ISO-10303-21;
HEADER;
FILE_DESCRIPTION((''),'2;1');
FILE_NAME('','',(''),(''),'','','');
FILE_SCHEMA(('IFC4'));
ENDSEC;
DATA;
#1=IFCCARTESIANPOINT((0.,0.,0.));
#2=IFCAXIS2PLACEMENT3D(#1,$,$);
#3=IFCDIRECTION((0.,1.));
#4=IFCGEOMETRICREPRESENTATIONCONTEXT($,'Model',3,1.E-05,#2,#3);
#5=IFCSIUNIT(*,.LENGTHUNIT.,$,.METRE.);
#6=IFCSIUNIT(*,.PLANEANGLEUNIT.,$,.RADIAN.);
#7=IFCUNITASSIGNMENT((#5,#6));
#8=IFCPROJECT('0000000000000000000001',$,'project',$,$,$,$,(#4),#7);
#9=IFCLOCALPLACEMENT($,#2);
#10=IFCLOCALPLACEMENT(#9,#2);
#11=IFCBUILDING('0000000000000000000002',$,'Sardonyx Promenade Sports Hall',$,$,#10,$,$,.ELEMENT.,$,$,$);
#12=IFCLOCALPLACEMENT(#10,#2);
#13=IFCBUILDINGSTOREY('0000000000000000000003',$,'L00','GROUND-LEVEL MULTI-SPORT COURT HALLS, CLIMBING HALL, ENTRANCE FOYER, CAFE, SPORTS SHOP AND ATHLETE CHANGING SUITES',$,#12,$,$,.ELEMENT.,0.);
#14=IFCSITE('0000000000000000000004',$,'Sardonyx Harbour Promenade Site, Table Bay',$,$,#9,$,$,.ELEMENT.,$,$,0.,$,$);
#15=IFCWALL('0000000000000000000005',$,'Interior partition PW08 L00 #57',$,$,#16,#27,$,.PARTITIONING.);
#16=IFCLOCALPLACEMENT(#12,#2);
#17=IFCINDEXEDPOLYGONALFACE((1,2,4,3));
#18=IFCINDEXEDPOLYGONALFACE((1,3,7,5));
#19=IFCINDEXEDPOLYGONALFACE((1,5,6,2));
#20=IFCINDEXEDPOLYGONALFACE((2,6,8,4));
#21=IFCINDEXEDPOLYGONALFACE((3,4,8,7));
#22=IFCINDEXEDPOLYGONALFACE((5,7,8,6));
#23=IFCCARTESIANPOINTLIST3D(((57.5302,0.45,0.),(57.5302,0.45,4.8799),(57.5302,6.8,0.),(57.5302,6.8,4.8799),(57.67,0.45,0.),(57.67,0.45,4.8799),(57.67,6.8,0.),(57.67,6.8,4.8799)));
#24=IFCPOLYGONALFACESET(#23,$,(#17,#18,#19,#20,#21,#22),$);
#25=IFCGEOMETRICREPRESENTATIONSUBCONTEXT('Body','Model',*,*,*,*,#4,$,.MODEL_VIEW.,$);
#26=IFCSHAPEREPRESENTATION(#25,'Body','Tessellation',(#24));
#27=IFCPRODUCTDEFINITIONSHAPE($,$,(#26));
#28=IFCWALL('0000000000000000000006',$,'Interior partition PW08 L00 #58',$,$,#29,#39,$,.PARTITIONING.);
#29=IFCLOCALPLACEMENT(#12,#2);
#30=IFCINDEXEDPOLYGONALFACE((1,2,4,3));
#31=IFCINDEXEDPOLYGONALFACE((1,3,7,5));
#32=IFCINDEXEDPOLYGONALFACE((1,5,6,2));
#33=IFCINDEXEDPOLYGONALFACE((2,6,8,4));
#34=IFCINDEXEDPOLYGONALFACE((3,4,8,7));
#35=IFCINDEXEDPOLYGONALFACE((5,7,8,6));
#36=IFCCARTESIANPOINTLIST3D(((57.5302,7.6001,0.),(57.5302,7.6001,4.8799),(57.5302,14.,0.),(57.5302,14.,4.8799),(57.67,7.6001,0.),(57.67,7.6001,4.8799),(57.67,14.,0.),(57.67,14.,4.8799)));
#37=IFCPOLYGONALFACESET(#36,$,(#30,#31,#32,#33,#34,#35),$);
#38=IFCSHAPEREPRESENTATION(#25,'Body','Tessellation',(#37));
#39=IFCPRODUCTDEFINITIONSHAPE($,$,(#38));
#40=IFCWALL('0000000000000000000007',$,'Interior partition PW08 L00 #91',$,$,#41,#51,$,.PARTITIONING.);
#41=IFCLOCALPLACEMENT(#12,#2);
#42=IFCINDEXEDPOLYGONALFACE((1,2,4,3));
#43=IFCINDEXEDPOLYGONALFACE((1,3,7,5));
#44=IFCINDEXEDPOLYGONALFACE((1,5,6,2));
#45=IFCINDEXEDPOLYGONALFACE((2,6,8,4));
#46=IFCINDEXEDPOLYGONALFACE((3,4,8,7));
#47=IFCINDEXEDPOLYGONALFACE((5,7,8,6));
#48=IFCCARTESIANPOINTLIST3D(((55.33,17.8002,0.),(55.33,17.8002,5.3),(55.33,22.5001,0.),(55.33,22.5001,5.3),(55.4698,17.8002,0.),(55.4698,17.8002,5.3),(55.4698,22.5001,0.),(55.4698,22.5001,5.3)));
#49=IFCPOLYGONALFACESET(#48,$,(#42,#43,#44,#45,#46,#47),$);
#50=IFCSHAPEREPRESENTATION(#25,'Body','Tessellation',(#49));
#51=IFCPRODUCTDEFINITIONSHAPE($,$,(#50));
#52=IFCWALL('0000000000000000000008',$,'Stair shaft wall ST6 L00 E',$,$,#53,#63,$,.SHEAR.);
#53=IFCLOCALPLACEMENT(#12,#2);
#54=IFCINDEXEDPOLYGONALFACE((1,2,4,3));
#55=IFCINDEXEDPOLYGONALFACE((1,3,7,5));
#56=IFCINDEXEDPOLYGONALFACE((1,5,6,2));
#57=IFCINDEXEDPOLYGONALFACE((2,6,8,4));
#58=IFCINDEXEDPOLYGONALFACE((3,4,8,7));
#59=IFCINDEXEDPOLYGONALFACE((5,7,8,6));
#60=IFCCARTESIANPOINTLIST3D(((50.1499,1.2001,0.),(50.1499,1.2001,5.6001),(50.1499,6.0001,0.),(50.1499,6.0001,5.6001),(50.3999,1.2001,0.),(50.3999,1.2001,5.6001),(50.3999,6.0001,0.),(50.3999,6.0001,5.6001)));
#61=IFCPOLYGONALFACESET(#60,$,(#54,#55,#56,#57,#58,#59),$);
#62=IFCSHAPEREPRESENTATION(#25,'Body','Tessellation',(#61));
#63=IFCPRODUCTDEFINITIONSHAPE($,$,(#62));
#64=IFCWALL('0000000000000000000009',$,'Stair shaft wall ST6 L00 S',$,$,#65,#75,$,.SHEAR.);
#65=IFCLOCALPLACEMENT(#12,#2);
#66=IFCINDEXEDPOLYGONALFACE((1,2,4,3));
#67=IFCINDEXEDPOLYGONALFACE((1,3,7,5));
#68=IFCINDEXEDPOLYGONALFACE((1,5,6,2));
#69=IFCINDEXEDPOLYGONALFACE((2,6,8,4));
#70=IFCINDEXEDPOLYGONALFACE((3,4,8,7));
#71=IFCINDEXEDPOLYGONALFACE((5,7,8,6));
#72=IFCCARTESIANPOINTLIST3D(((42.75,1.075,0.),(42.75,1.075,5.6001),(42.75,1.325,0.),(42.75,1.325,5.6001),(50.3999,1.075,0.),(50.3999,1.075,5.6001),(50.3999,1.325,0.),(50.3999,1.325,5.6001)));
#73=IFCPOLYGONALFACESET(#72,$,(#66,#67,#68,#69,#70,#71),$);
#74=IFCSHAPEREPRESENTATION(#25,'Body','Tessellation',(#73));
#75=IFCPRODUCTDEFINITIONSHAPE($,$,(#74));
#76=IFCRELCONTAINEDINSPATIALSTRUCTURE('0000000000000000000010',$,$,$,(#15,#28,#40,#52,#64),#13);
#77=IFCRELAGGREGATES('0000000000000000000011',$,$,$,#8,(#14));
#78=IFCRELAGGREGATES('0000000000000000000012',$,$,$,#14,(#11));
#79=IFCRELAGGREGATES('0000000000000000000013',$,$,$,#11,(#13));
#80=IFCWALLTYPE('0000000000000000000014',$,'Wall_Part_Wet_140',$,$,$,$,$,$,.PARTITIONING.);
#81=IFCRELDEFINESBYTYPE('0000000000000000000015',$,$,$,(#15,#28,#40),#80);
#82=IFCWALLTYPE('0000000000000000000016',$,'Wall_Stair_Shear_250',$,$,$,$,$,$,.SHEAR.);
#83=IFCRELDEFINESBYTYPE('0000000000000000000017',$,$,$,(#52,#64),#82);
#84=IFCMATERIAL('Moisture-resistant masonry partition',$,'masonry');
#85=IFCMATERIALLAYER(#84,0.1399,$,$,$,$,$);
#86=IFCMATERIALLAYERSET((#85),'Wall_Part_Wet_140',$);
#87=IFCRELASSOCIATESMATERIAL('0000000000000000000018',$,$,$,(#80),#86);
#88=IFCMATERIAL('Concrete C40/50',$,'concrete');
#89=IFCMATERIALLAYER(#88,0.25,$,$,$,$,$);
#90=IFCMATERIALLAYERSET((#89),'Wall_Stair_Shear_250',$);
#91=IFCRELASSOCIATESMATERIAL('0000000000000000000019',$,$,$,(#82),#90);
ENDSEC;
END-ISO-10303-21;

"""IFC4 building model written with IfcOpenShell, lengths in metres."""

from ifc_helpers import new_model, si_unit, direction, frame, frame_2d, origin, place, context, subcontext, project, spatial, rectangle, extrude, material, layer, layer_set, type_object, element, save


model = new_model("IFC4")

# Units and contexts
model_context = context("Model", 3, precision=1e-05, world=origin(), true_north=direction((0.0, 1.0)))
body_context = subcontext(model_context, "Body", "Model", "MODEL_VIEW")
ifc_project = project(units=[si_unit("LENGTHUNIT", "METRE"), si_unit("PLANEANGLEUNIT", "RADIAN")], contexts=[model_context])

# Site, building, storey
site_placement = place(None, origin())
site = spatial("IfcSite", under=ifc_project, at=site_placement, Name="Sardonyx Harbour Promenade Site, Table Bay", CompositionType="ELEMENT", RefElevation=0.0)
building_placement = place(site_placement, origin())
building = spatial("IfcBuilding", under=site, at=building_placement, Name="Sardonyx Promenade Sports Hall", CompositionType="ELEMENT")
storey_placement = place(building_placement, origin())
storey = spatial("IfcBuildingStorey", under=building, at=storey_placement, Name="L00", Description="GROUND-LEVEL MULTI-SPORT COURT HALLS, CLIMBING HALL, ENTRANCE FOYER, CAFE, SPORTS SHOP AND ATHLETE CHANGING SUITES", CompositionType="ELEMENT", Elevation=0.0)

# Walls
ifc_material_1 = material(Name="Moisture-resistant masonry partition", Category="masonry")
ifc_layer_1 = layer(ifc_material_1, 0.1399)
ifc_layer_set_1 = layer_set([ifc_layer_1], Name="Wall_Part_Wet_140")
wall_type_1 = type_object("IfcWallType", Name="Wall_Part_Wet_140", PredefinedType="PARTITIONING", material=ifc_layer_set_1)
wall_1_placement = place(storey_placement, frame((57.6001, 0.45, 0.0), z_axis=(0.0, 0.0, 1.0), x_axis=(0.0, 1.0, 0.0)))
element("IfcWall", 1, at=wall_1_placement, inside=storey, type_object=wall_type_1, Name="Interior partition PW08 L00 #57", PredefinedType="PARTITIONING", context=body_context, shape_type="SweptSolid", body=[
    extrude(rectangle(XDim=6.3501, YDim=0.1399, at=frame_2d((3.175, 0.0))), origin(), (0.0, 0.0, 1.0), 4.8799),
])
wall_2_placement = place(storey_placement, frame((57.6001, 7.6001, 0.0), z_axis=(0.0, 0.0, 1.0), x_axis=(0.0, 1.0, 0.0)))
element("IfcWall", 2, at=wall_2_placement, inside=storey, type_object=wall_type_1, Name="Interior partition PW08 L00 #58", PredefinedType="PARTITIONING", context=body_context, shape_type="SweptSolid", body=[
    extrude(rectangle(XDim=6.3999, YDim=0.1399, at=frame_2d((3.2, 0.0))), origin(), (0.0, 0.0, 1.0), 4.8799),
])
wall_3_placement = place(storey_placement, frame((55.3999, 17.8, 0.0), z_axis=(0.0, 0.0, 1.0), x_axis=(0.0, 1.0, 0.0)))
element("IfcWall", 3, at=wall_3_placement, inside=storey, type_object=wall_type_1, Name="Interior partition PW08 L00 #91", PredefinedType="PARTITIONING", context=body_context, shape_type="SweptSolid", body=[
    extrude(rectangle(XDim=4.7, YDim=0.1399, at=frame_2d((2.3501, 0.0))), origin(), (0.0, 0.0, 1.0), 5.3),
])
ifc_material_2 = material(Name="Concrete C40/50", Category="concrete")
ifc_layer_2 = layer(ifc_material_2, 0.25)
ifc_layer_set_2 = layer_set([ifc_layer_2], Name="Wall_Stair_Shear_250")
wall_type_2 = type_object("IfcWallType", Name="Wall_Stair_Shear_250", PredefinedType="SHEAR", material=ifc_layer_set_2)
wall_4_placement = place(storey_placement, frame((50.2749, 6.0, 0.0), z_axis=(0.0, 0.0, 1.0), x_axis=(0.0, -1.0, 0.0)))
element("IfcWall", 4, at=wall_4_placement, inside=storey, type_object=wall_type_2, Name="Stair shaft wall ST6 L00 E", PredefinedType="SHEAR", context=body_context, shape_type="SweptSolid", body=[
    extrude(rectangle(XDim=4.8, YDim=0.25, at=frame_2d((2.3999, 0.0))), origin(), (0.0, 0.0, 1.0), 5.6001),
])
wall_5_placement = place(storey_placement, frame((50.3999, 1.2, 0.0), z_axis=(0.0, 0.0, 1.0), x_axis=(-1.0, 0.0, 0.0)))
element("IfcWall", 5, at=wall_5_placement, inside=storey, type_object=wall_type_2, Name="Stair shaft wall ST6 L00 S", PredefinedType="SHEAR", context=body_context, shape_type="SweptSolid", body=[
    extrude(rectangle(XDim=7.6499, YDim=0.25, at=frame_2d((3.825, 0.0))), origin(), (0.0, 0.0, 1.0), 5.6001),
])

save(model, "model.ifc")
